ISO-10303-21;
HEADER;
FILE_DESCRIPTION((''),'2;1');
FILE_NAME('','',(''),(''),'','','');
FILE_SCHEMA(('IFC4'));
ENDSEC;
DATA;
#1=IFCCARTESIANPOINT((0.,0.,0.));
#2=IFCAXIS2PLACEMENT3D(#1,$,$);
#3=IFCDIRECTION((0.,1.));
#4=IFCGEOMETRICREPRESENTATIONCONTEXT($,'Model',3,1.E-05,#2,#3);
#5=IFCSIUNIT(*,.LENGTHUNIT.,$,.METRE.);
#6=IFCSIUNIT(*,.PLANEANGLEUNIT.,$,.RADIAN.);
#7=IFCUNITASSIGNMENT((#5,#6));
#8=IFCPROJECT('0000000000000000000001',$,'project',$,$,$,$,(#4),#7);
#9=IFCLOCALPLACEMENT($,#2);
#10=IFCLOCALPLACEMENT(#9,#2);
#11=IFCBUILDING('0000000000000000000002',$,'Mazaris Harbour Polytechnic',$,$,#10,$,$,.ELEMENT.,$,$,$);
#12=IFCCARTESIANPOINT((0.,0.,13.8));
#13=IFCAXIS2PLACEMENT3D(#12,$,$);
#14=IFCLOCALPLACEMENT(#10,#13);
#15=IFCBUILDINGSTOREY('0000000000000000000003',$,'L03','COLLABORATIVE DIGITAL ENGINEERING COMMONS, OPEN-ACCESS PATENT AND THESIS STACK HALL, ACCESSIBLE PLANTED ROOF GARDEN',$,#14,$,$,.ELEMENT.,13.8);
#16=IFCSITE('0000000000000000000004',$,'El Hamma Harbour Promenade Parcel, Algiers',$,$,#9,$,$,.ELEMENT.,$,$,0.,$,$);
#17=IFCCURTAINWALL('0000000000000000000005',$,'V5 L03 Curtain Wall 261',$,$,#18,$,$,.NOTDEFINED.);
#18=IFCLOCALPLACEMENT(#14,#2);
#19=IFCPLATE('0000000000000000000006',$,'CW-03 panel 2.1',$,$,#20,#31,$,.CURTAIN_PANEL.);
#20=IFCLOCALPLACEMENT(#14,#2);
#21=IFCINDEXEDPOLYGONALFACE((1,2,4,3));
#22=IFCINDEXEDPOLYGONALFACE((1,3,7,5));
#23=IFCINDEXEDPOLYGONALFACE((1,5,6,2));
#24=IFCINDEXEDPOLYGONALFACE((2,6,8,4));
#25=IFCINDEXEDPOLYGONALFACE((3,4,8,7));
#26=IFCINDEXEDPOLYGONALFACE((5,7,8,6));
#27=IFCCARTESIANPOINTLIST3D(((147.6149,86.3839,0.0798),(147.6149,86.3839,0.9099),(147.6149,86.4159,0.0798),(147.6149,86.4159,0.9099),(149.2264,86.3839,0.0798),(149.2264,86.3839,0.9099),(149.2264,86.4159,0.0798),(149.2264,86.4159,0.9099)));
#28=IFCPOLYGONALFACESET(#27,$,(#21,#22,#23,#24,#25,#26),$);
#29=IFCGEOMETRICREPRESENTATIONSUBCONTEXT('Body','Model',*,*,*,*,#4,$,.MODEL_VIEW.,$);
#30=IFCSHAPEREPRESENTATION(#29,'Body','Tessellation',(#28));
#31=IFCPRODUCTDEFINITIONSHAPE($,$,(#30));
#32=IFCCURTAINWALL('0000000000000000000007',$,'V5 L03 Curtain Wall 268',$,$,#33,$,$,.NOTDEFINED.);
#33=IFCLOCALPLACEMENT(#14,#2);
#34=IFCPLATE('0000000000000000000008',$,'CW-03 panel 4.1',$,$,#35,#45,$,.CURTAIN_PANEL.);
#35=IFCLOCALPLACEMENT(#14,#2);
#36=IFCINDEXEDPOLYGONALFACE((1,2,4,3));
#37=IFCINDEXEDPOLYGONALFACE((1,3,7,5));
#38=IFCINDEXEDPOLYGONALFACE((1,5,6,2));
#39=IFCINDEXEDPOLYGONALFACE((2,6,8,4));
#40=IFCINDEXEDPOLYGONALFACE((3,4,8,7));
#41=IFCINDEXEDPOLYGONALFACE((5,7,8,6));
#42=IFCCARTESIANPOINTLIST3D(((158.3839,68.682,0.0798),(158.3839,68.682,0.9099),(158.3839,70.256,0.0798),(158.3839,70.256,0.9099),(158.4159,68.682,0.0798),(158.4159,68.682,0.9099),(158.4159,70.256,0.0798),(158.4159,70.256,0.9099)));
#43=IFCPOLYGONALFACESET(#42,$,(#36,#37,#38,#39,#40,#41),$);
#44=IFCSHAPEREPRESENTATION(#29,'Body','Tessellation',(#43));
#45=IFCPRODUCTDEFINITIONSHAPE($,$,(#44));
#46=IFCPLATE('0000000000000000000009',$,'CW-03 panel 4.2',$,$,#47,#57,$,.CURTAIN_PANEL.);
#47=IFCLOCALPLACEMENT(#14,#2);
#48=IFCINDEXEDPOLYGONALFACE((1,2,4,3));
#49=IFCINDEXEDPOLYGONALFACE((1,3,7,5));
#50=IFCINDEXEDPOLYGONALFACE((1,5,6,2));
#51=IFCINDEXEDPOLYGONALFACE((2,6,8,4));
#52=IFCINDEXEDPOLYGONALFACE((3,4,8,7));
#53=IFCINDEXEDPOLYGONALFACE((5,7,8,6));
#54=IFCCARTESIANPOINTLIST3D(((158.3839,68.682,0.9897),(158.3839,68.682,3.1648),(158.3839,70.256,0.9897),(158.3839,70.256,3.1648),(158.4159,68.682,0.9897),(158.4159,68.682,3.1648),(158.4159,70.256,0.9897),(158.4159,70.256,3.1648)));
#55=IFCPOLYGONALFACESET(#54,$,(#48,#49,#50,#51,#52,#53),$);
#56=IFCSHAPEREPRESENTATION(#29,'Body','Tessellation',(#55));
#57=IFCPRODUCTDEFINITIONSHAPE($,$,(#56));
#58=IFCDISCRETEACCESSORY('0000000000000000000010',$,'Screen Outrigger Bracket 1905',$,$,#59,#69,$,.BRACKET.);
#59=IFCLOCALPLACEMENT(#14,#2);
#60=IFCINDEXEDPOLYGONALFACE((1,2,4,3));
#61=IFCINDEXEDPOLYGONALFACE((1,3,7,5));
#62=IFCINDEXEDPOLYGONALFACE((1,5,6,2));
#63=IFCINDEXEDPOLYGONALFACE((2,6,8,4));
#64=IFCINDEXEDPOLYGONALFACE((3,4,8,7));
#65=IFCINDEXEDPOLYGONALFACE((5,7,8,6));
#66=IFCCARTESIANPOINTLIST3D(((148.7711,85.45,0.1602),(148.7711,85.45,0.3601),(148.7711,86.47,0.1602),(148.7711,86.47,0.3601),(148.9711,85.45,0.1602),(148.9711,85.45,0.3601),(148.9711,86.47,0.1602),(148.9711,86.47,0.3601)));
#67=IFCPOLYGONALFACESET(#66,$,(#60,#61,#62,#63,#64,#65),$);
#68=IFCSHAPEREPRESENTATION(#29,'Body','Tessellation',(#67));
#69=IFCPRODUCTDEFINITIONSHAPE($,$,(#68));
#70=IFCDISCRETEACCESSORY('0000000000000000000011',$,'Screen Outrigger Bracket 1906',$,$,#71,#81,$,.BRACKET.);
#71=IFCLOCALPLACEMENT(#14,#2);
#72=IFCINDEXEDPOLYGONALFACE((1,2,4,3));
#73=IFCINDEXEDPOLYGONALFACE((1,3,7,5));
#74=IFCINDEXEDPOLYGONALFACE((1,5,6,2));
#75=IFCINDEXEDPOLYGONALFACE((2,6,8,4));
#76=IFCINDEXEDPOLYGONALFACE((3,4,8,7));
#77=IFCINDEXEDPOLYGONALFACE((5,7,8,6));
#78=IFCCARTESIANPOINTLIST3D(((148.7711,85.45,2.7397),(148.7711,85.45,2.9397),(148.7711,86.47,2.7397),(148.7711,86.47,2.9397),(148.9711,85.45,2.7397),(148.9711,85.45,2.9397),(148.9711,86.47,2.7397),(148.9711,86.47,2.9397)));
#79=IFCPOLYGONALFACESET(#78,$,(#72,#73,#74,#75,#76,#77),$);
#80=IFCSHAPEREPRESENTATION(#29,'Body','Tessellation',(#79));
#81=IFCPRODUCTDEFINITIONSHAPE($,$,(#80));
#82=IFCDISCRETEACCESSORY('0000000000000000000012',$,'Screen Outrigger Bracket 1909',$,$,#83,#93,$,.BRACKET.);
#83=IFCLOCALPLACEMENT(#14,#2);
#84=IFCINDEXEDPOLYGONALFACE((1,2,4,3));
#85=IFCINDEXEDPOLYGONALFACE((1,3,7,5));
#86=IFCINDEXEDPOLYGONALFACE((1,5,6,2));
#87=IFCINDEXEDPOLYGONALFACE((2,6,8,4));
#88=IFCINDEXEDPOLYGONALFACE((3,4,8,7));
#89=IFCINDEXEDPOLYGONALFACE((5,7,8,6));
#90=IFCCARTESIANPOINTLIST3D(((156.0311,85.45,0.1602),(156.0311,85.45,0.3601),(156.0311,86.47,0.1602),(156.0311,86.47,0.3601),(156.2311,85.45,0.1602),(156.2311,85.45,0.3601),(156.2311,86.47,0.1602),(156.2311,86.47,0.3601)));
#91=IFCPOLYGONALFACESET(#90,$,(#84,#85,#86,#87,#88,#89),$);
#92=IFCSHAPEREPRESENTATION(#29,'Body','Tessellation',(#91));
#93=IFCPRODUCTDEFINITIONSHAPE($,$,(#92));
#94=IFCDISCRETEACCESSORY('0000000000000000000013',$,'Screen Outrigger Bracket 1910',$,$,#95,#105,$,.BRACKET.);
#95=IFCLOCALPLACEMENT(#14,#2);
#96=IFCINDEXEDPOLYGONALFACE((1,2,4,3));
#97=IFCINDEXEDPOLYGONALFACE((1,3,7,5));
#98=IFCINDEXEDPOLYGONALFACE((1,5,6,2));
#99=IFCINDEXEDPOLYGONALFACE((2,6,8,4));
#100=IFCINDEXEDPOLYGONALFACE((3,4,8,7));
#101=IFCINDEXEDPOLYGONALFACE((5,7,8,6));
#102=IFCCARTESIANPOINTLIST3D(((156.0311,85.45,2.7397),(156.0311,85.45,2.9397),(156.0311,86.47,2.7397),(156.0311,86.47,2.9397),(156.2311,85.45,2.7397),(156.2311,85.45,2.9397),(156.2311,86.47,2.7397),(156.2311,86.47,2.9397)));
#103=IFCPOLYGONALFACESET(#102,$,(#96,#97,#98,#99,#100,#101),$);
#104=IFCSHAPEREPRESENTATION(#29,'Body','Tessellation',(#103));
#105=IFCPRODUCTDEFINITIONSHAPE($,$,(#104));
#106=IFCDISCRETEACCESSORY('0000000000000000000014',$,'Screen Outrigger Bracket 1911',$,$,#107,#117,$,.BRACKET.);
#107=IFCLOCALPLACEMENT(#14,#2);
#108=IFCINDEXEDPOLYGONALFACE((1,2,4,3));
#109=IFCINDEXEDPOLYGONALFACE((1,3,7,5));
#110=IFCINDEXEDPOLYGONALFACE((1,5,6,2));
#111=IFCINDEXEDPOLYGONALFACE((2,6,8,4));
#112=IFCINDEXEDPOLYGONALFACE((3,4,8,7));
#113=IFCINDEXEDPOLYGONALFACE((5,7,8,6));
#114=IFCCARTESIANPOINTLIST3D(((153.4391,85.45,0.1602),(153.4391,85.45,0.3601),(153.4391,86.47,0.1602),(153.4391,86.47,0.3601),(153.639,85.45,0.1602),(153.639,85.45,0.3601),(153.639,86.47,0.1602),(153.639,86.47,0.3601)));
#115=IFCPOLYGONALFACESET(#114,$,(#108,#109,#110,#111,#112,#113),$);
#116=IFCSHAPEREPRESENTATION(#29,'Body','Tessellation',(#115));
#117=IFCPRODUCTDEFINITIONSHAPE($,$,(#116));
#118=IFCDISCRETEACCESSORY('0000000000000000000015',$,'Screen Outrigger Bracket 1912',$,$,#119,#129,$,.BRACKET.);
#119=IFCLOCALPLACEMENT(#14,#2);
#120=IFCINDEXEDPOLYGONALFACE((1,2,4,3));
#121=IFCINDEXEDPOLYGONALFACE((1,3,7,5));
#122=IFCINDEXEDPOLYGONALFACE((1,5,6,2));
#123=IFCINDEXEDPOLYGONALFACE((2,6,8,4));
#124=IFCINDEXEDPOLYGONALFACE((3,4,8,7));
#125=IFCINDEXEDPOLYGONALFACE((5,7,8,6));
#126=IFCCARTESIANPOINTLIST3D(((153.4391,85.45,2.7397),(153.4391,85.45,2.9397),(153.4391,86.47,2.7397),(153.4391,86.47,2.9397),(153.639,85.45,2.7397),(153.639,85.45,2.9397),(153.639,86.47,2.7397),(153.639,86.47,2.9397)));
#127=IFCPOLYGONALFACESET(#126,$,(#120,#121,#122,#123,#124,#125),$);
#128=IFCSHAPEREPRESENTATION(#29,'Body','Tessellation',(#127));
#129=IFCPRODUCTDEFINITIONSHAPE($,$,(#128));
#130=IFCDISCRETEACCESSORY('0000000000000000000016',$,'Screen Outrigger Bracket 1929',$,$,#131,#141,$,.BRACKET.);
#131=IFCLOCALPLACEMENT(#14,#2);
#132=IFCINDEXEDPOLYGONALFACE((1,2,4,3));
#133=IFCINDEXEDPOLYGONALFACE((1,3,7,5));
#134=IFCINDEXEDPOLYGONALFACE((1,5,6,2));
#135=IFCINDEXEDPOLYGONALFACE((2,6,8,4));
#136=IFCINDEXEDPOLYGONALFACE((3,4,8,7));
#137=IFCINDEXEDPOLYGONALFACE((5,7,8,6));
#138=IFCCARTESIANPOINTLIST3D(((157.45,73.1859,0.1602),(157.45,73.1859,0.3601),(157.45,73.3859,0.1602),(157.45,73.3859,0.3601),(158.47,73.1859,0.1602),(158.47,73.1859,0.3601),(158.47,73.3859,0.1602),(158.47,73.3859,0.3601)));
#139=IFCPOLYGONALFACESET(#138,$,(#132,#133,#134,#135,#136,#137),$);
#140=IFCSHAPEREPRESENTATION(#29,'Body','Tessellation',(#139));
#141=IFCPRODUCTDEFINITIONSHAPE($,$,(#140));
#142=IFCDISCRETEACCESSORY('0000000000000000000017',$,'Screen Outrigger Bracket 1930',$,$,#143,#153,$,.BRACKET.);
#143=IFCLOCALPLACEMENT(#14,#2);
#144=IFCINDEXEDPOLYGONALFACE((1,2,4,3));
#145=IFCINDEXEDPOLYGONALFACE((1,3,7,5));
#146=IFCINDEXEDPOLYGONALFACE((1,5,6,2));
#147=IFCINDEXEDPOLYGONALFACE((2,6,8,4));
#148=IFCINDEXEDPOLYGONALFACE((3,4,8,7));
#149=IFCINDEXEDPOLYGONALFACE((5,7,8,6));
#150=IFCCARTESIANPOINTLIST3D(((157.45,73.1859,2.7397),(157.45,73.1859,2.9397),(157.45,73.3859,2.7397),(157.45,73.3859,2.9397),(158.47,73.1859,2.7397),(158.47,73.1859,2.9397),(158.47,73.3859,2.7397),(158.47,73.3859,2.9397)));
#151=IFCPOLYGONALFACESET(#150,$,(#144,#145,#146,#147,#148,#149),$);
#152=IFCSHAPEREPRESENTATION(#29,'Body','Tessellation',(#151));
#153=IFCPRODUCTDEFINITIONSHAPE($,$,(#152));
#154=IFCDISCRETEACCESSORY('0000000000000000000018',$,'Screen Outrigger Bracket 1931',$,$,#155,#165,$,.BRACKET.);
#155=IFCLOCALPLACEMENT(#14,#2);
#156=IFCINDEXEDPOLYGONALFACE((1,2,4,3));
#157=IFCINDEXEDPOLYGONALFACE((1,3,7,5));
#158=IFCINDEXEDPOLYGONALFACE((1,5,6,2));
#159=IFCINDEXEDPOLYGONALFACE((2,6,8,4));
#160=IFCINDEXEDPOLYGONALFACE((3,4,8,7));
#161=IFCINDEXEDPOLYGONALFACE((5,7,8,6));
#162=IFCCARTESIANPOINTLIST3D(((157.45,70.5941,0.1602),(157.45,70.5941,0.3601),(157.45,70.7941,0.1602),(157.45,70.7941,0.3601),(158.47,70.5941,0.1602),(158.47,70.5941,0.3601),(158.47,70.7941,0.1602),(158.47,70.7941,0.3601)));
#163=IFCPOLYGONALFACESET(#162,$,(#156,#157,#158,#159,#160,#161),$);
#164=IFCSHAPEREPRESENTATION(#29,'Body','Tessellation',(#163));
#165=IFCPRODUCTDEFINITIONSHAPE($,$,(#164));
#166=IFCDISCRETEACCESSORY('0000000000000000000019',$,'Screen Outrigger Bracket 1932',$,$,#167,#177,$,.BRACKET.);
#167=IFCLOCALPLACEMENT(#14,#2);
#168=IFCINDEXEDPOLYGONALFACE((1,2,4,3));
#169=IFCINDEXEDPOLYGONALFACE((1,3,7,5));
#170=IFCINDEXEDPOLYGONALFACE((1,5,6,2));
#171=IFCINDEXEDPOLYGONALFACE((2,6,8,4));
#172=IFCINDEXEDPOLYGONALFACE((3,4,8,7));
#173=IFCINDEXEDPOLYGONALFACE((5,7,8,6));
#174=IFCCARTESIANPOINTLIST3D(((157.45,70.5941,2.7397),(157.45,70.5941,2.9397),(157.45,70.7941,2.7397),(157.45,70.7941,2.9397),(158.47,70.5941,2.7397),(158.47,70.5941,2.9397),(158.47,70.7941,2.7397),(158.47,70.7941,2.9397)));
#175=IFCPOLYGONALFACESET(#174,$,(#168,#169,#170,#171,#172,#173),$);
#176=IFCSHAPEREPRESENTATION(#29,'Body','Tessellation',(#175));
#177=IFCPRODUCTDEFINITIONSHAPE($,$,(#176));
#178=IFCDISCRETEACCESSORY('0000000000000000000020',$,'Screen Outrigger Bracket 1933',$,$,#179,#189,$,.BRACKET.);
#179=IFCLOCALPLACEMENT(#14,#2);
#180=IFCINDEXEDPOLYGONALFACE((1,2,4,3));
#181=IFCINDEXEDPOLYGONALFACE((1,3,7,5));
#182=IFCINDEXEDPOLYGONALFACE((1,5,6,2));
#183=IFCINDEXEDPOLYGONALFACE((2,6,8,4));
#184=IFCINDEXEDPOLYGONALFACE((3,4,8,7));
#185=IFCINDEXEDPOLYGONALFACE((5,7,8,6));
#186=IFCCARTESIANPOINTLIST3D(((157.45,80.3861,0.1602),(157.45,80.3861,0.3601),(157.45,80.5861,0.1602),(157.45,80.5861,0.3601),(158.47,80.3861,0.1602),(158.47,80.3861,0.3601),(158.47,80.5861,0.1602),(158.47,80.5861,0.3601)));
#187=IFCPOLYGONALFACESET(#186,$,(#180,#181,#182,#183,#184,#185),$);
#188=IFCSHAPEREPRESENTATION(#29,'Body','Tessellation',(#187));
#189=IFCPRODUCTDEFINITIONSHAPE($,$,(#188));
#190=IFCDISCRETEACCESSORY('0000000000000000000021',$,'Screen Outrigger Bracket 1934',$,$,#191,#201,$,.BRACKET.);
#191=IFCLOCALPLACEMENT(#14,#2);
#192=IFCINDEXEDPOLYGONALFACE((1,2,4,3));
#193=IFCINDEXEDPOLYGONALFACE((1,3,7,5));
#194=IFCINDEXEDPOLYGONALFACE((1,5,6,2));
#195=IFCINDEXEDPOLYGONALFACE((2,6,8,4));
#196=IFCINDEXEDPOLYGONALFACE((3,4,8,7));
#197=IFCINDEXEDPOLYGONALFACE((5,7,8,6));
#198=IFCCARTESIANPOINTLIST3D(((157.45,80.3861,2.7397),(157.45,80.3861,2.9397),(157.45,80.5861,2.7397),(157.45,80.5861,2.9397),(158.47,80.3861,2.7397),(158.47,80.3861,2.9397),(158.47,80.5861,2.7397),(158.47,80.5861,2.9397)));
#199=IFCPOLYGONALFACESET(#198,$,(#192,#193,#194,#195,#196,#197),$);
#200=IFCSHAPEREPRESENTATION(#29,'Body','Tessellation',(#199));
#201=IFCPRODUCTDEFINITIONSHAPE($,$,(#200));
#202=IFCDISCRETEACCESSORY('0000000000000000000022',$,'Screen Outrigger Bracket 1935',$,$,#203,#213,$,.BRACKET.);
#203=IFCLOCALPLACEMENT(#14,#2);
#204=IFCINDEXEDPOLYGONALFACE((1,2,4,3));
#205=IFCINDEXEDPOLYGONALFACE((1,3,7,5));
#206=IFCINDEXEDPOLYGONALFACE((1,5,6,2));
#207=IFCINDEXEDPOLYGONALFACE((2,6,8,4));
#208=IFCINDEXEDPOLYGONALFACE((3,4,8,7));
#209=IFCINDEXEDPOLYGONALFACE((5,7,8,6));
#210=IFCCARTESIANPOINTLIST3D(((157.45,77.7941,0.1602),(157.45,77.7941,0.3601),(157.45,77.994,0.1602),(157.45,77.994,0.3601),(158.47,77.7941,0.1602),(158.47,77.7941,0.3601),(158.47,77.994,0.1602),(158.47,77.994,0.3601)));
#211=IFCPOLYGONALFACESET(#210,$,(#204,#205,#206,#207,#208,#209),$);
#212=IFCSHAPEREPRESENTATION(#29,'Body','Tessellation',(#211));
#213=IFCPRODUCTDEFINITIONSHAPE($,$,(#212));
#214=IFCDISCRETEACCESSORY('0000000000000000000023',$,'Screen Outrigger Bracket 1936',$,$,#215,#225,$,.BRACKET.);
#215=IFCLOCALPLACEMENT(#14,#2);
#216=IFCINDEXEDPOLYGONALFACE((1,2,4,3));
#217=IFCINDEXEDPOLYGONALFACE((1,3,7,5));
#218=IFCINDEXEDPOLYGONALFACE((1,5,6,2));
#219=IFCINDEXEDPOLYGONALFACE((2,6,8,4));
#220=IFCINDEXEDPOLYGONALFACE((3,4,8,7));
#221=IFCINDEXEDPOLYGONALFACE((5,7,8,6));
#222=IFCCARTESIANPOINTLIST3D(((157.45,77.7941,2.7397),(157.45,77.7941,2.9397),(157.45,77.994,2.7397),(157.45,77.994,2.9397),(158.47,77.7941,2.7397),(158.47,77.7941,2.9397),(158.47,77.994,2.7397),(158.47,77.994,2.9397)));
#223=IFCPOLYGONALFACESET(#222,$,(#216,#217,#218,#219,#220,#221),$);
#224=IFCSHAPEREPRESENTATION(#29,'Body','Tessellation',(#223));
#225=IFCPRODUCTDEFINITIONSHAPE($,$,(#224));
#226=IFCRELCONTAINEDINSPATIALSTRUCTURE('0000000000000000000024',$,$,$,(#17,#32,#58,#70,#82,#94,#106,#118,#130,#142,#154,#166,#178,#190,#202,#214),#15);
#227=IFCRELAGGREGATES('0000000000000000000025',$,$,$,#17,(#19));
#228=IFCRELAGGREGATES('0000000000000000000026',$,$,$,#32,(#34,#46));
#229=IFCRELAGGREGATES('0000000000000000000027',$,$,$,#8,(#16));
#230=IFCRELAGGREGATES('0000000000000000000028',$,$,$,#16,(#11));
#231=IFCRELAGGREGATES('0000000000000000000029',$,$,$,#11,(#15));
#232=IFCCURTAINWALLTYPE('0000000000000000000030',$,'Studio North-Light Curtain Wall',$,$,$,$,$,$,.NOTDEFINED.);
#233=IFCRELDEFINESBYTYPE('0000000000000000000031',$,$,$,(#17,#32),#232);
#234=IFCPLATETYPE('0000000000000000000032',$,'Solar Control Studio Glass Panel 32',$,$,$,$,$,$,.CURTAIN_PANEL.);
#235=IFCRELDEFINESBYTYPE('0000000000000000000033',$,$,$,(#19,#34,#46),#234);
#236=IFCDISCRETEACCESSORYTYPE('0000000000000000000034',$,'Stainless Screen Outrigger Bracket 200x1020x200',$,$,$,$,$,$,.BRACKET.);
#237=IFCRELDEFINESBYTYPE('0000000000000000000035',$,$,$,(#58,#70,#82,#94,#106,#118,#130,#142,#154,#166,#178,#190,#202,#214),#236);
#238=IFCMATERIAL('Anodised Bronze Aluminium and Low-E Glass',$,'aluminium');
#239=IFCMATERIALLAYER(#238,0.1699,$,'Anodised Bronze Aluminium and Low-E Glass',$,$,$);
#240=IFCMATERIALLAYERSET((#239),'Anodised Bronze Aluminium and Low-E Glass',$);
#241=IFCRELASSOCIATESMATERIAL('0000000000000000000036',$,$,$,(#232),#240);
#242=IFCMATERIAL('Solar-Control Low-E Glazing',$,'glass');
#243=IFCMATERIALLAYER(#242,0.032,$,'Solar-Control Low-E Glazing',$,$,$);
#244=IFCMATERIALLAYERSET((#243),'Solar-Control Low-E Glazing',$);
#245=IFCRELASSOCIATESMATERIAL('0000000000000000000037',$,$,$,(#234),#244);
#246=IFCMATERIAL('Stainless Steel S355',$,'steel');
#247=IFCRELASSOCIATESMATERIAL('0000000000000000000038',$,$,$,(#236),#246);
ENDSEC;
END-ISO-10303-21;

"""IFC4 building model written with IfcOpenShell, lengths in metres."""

from ifc_helpers import new_model, si_unit, direction, frame, origin, origin_2d, place, context, subcontext, project, spatial, rectangle, extrude, material, layer, layer_set, type_object, element, aggregate, save


model = new_model("IFC4")

# Units and contexts
model_context = context("Model", 3, precision=1e-05, world=origin(), true_north=direction((0.0, 1.0)))
body_context = subcontext(model_context, "Body", "Model", "MODEL_VIEW")
ifc_project = project(units=[si_unit("LENGTHUNIT", "METRE"), si_unit("PLANEANGLEUNIT", "RADIAN")], contexts=[model_context])

# Site, building, storey
site_placement = place(None, origin())
site = spatial("IfcSite", under=ifc_project, at=site_placement, Name="El Hamma Harbour Promenade Parcel, Algiers", CompositionType="ELEMENT", RefElevation=0.0)
building_placement = place(site_placement, origin())
building = spatial("IfcBuilding", under=site, at=building_placement, Name="Mazaris Harbour Polytechnic", CompositionType="ELEMENT")
storey_placement = place(building_placement, frame((0.0, 0.0, 13.8)))
storey = spatial("IfcBuildingStorey", under=building, at=storey_placement, Name="L03", Description="COLLABORATIVE DIGITAL ENGINEERING COMMONS, OPEN-ACCESS PATENT AND THESIS STACK HALL, ACCESSIBLE PLANTED ROOF GARDEN", CompositionType="ELEMENT", Elevation=13.8)

# Curtain wall, plate
ifc_material_1 = material(Name="Anodised Bronze Aluminium and Low-E Glass", Category="aluminium")
ifc_layer_1 = layer(ifc_material_1, 0.1699, Name="Anodised Bronze Aluminium and Low-E Glass")
ifc_layer_set_1 = layer_set([ifc_layer_1], Name="Anodised Bronze Aluminium and Low-E Glass")
curtain_wall_type = type_object("IfcCurtainWallType", Name="Studio North-Light Curtain Wall", PredefinedType="NOTDEFINED", material=ifc_layer_set_1)
curtain_wall_1_placement = place(storey_placement, origin())
curtain_wall_1 = element("IfcCurtainWall", 1, at=curtain_wall_1_placement, inside=storey, type_object=curtain_wall_type, Name="V5 L03 Curtain Wall 261", PredefinedType="NOTDEFINED")
ifc_material_2 = material(Name="Solar-Control Low-E Glazing", Category="glass")
ifc_layer_2 = layer(ifc_material_2, 0.032, Name="Solar-Control Low-E Glazing")
ifc_layer_set_2 = layer_set([ifc_layer_2], Name="Solar-Control Low-E Glazing")
plate_type = type_object("IfcPlateType", Name="Solar Control Studio Glass Panel 32", PredefinedType="CURTAIN_PANEL", material=ifc_layer_set_2)
plate_1_placement = place(storey_placement, frame((148.4207, 86.3999, 0.0798), z_axis=(0.0, 0.0, 1.0), x_axis=(-1.0, 0.0, 0.0)))
plate_1 = element("IfcPlate", 2, at=plate_1_placement, type_object=plate_type, Name="CW-03 panel 2.1", PredefinedType="CURTAIN_PANEL", context=body_context, shape_type="SweptSolid", body=[
    extrude(rectangle(XDim=1.6116, YDim=0.032, at=origin_2d()), origin(), (0.0, 0.0, 1.0), 0.8301),
])
aggregate(curtain_wall_1, [plate_1])

# Curtain wall, plates
curtain_wall_2_placement = place(storey_placement, origin())
curtain_wall_2 = element("IfcCurtainWall", 3, at=curtain_wall_2_placement, inside=storey, type_object=curtain_wall_type, Name="V5 L03 Curtain Wall 268", PredefinedType="NOTDEFINED")
plate_2_placement = place(storey_placement, frame((158.3999, 69.469, 0.0798), z_axis=(0.0, 0.0, 1.0), x_axis=(0.0, -1.0, 0.0)))
plate_2 = element("IfcPlate", 4, at=plate_2_placement, type_object=plate_type, Name="CW-03 panel 4.1", PredefinedType="CURTAIN_PANEL", context=body_context, shape_type="SweptSolid", body=[
    extrude(rectangle(XDim=1.574, YDim=0.032, at=origin_2d()), origin(), (0.0, 0.0, 1.0), 0.8301),
])
plate_3_placement = place(storey_placement, frame((158.3999, 69.469, 0.9897), z_axis=(0.0, 0.0, 1.0), x_axis=(0.0, -1.0, 0.0)))
plate_3 = element("IfcPlate", 5, at=plate_3_placement, type_object=plate_type, Name="CW-03 panel 4.2", PredefinedType="CURTAIN_PANEL", context=body_context, shape_type="SweptSolid", body=[
    extrude(rectangle(XDim=1.574, YDim=0.032, at=origin_2d()), origin(), (0.0, 0.0, 1.0), 2.175),
])
aggregate(curtain_wall_2, [plate_2, plate_3])

# Discrete accessories
ifc_material_3 = material(Name="Stainless Steel S355", Category="steel")
discrete_accessory_type = type_object("IfcDiscreteAccessoryType", Name="Stainless Screen Outrigger Bracket 200x1020x200", PredefinedType="BRACKET", material=ifc_material_3)
for number, where, z_axis, x_axis, name in (
    (6, (148.8711, 85.96, 0.1602), (0.0, 0.0, 1.0), (-1.0, 0.0, 0.0), "Screen Outrigger Bracket 1905"),
    (7, (148.8711, 85.96, 2.7397), (0.0, 0.0, 1.0), (-1.0, 0.0, 0.0), "Screen Outrigger Bracket 1906"),
    (8, (156.1311, 85.96, 0.1602), (0.0, 0.0, 1.0), (-1.0, 0.0, 0.0), "Screen Outrigger Bracket 1909"),
    (9, (156.1311, 85.96, 2.7397), (0.0, 0.0, 1.0), (-1.0, 0.0, 0.0), "Screen Outrigger Bracket 1910"),
    (10, (153.5391, 85.96, 0.1602), (0.0, 0.0, 1.0), (-1.0, 0.0, 0.0), "Screen Outrigger Bracket 1911"),
    (11, (153.5391, 85.96, 2.7397), (0.0, 0.0, 1.0), (-1.0, 0.0, 0.0), "Screen Outrigger Bracket 1912"),
    (12, (157.96, 73.2859, 0.1602), (0.0, 0.0, 1.0), (0.0, -1.0, 0.0), "Screen Outrigger Bracket 1929"),
    (13, (157.96, 73.2859, 2.7397), (0.0, 0.0, 1.0), (0.0, -1.0, 0.0), "Screen Outrigger Bracket 1930"),
    (14, (157.96, 70.6941, 0.1602), (0.0, 0.0, 1.0), (0.0, -1.0, 0.0), "Screen Outrigger Bracket 1931"),
    (15, (157.96, 70.6941, 2.7397), (0.0, 0.0, 1.0), (0.0, -1.0, 0.0), "Screen Outrigger Bracket 1932"),
    (16, (157.96, 80.4861, 0.1602), (0.0, 0.0, 1.0), (0.0, -1.0, 0.0), "Screen Outrigger Bracket 1933"),
    (17, (157.96, 80.4861, 2.7397), (0.0, 0.0, 1.0), (0.0, -1.0, 0.0), "Screen Outrigger Bracket 1934"),
    (18, (157.96, 77.894, 0.1602), (0.0, 0.0, 1.0), (0.0, -1.0, 0.0), "Screen Outrigger Bracket 1935"),
    (19, (157.96, 77.894, 2.7397), (0.0, 0.0, 1.0), (0.0, -1.0, 0.0), "Screen Outrigger Bracket 1936"),
):
    element("IfcDiscreteAccessory", number, at=place(storey_placement, frame(where, z_axis=z_axis, x_axis=x_axis)), inside=storey, type_object=discrete_accessory_type, Name=name, PredefinedType="BRACKET", context=body_context, shape_type="SweptSolid", body=[
        extrude(rectangle(XDim=0.2, YDim=1.02, at=origin_2d()), origin(), (0.0, 0.0, 1.0), 0.2),
    ])

save(model, "model.ifc")
